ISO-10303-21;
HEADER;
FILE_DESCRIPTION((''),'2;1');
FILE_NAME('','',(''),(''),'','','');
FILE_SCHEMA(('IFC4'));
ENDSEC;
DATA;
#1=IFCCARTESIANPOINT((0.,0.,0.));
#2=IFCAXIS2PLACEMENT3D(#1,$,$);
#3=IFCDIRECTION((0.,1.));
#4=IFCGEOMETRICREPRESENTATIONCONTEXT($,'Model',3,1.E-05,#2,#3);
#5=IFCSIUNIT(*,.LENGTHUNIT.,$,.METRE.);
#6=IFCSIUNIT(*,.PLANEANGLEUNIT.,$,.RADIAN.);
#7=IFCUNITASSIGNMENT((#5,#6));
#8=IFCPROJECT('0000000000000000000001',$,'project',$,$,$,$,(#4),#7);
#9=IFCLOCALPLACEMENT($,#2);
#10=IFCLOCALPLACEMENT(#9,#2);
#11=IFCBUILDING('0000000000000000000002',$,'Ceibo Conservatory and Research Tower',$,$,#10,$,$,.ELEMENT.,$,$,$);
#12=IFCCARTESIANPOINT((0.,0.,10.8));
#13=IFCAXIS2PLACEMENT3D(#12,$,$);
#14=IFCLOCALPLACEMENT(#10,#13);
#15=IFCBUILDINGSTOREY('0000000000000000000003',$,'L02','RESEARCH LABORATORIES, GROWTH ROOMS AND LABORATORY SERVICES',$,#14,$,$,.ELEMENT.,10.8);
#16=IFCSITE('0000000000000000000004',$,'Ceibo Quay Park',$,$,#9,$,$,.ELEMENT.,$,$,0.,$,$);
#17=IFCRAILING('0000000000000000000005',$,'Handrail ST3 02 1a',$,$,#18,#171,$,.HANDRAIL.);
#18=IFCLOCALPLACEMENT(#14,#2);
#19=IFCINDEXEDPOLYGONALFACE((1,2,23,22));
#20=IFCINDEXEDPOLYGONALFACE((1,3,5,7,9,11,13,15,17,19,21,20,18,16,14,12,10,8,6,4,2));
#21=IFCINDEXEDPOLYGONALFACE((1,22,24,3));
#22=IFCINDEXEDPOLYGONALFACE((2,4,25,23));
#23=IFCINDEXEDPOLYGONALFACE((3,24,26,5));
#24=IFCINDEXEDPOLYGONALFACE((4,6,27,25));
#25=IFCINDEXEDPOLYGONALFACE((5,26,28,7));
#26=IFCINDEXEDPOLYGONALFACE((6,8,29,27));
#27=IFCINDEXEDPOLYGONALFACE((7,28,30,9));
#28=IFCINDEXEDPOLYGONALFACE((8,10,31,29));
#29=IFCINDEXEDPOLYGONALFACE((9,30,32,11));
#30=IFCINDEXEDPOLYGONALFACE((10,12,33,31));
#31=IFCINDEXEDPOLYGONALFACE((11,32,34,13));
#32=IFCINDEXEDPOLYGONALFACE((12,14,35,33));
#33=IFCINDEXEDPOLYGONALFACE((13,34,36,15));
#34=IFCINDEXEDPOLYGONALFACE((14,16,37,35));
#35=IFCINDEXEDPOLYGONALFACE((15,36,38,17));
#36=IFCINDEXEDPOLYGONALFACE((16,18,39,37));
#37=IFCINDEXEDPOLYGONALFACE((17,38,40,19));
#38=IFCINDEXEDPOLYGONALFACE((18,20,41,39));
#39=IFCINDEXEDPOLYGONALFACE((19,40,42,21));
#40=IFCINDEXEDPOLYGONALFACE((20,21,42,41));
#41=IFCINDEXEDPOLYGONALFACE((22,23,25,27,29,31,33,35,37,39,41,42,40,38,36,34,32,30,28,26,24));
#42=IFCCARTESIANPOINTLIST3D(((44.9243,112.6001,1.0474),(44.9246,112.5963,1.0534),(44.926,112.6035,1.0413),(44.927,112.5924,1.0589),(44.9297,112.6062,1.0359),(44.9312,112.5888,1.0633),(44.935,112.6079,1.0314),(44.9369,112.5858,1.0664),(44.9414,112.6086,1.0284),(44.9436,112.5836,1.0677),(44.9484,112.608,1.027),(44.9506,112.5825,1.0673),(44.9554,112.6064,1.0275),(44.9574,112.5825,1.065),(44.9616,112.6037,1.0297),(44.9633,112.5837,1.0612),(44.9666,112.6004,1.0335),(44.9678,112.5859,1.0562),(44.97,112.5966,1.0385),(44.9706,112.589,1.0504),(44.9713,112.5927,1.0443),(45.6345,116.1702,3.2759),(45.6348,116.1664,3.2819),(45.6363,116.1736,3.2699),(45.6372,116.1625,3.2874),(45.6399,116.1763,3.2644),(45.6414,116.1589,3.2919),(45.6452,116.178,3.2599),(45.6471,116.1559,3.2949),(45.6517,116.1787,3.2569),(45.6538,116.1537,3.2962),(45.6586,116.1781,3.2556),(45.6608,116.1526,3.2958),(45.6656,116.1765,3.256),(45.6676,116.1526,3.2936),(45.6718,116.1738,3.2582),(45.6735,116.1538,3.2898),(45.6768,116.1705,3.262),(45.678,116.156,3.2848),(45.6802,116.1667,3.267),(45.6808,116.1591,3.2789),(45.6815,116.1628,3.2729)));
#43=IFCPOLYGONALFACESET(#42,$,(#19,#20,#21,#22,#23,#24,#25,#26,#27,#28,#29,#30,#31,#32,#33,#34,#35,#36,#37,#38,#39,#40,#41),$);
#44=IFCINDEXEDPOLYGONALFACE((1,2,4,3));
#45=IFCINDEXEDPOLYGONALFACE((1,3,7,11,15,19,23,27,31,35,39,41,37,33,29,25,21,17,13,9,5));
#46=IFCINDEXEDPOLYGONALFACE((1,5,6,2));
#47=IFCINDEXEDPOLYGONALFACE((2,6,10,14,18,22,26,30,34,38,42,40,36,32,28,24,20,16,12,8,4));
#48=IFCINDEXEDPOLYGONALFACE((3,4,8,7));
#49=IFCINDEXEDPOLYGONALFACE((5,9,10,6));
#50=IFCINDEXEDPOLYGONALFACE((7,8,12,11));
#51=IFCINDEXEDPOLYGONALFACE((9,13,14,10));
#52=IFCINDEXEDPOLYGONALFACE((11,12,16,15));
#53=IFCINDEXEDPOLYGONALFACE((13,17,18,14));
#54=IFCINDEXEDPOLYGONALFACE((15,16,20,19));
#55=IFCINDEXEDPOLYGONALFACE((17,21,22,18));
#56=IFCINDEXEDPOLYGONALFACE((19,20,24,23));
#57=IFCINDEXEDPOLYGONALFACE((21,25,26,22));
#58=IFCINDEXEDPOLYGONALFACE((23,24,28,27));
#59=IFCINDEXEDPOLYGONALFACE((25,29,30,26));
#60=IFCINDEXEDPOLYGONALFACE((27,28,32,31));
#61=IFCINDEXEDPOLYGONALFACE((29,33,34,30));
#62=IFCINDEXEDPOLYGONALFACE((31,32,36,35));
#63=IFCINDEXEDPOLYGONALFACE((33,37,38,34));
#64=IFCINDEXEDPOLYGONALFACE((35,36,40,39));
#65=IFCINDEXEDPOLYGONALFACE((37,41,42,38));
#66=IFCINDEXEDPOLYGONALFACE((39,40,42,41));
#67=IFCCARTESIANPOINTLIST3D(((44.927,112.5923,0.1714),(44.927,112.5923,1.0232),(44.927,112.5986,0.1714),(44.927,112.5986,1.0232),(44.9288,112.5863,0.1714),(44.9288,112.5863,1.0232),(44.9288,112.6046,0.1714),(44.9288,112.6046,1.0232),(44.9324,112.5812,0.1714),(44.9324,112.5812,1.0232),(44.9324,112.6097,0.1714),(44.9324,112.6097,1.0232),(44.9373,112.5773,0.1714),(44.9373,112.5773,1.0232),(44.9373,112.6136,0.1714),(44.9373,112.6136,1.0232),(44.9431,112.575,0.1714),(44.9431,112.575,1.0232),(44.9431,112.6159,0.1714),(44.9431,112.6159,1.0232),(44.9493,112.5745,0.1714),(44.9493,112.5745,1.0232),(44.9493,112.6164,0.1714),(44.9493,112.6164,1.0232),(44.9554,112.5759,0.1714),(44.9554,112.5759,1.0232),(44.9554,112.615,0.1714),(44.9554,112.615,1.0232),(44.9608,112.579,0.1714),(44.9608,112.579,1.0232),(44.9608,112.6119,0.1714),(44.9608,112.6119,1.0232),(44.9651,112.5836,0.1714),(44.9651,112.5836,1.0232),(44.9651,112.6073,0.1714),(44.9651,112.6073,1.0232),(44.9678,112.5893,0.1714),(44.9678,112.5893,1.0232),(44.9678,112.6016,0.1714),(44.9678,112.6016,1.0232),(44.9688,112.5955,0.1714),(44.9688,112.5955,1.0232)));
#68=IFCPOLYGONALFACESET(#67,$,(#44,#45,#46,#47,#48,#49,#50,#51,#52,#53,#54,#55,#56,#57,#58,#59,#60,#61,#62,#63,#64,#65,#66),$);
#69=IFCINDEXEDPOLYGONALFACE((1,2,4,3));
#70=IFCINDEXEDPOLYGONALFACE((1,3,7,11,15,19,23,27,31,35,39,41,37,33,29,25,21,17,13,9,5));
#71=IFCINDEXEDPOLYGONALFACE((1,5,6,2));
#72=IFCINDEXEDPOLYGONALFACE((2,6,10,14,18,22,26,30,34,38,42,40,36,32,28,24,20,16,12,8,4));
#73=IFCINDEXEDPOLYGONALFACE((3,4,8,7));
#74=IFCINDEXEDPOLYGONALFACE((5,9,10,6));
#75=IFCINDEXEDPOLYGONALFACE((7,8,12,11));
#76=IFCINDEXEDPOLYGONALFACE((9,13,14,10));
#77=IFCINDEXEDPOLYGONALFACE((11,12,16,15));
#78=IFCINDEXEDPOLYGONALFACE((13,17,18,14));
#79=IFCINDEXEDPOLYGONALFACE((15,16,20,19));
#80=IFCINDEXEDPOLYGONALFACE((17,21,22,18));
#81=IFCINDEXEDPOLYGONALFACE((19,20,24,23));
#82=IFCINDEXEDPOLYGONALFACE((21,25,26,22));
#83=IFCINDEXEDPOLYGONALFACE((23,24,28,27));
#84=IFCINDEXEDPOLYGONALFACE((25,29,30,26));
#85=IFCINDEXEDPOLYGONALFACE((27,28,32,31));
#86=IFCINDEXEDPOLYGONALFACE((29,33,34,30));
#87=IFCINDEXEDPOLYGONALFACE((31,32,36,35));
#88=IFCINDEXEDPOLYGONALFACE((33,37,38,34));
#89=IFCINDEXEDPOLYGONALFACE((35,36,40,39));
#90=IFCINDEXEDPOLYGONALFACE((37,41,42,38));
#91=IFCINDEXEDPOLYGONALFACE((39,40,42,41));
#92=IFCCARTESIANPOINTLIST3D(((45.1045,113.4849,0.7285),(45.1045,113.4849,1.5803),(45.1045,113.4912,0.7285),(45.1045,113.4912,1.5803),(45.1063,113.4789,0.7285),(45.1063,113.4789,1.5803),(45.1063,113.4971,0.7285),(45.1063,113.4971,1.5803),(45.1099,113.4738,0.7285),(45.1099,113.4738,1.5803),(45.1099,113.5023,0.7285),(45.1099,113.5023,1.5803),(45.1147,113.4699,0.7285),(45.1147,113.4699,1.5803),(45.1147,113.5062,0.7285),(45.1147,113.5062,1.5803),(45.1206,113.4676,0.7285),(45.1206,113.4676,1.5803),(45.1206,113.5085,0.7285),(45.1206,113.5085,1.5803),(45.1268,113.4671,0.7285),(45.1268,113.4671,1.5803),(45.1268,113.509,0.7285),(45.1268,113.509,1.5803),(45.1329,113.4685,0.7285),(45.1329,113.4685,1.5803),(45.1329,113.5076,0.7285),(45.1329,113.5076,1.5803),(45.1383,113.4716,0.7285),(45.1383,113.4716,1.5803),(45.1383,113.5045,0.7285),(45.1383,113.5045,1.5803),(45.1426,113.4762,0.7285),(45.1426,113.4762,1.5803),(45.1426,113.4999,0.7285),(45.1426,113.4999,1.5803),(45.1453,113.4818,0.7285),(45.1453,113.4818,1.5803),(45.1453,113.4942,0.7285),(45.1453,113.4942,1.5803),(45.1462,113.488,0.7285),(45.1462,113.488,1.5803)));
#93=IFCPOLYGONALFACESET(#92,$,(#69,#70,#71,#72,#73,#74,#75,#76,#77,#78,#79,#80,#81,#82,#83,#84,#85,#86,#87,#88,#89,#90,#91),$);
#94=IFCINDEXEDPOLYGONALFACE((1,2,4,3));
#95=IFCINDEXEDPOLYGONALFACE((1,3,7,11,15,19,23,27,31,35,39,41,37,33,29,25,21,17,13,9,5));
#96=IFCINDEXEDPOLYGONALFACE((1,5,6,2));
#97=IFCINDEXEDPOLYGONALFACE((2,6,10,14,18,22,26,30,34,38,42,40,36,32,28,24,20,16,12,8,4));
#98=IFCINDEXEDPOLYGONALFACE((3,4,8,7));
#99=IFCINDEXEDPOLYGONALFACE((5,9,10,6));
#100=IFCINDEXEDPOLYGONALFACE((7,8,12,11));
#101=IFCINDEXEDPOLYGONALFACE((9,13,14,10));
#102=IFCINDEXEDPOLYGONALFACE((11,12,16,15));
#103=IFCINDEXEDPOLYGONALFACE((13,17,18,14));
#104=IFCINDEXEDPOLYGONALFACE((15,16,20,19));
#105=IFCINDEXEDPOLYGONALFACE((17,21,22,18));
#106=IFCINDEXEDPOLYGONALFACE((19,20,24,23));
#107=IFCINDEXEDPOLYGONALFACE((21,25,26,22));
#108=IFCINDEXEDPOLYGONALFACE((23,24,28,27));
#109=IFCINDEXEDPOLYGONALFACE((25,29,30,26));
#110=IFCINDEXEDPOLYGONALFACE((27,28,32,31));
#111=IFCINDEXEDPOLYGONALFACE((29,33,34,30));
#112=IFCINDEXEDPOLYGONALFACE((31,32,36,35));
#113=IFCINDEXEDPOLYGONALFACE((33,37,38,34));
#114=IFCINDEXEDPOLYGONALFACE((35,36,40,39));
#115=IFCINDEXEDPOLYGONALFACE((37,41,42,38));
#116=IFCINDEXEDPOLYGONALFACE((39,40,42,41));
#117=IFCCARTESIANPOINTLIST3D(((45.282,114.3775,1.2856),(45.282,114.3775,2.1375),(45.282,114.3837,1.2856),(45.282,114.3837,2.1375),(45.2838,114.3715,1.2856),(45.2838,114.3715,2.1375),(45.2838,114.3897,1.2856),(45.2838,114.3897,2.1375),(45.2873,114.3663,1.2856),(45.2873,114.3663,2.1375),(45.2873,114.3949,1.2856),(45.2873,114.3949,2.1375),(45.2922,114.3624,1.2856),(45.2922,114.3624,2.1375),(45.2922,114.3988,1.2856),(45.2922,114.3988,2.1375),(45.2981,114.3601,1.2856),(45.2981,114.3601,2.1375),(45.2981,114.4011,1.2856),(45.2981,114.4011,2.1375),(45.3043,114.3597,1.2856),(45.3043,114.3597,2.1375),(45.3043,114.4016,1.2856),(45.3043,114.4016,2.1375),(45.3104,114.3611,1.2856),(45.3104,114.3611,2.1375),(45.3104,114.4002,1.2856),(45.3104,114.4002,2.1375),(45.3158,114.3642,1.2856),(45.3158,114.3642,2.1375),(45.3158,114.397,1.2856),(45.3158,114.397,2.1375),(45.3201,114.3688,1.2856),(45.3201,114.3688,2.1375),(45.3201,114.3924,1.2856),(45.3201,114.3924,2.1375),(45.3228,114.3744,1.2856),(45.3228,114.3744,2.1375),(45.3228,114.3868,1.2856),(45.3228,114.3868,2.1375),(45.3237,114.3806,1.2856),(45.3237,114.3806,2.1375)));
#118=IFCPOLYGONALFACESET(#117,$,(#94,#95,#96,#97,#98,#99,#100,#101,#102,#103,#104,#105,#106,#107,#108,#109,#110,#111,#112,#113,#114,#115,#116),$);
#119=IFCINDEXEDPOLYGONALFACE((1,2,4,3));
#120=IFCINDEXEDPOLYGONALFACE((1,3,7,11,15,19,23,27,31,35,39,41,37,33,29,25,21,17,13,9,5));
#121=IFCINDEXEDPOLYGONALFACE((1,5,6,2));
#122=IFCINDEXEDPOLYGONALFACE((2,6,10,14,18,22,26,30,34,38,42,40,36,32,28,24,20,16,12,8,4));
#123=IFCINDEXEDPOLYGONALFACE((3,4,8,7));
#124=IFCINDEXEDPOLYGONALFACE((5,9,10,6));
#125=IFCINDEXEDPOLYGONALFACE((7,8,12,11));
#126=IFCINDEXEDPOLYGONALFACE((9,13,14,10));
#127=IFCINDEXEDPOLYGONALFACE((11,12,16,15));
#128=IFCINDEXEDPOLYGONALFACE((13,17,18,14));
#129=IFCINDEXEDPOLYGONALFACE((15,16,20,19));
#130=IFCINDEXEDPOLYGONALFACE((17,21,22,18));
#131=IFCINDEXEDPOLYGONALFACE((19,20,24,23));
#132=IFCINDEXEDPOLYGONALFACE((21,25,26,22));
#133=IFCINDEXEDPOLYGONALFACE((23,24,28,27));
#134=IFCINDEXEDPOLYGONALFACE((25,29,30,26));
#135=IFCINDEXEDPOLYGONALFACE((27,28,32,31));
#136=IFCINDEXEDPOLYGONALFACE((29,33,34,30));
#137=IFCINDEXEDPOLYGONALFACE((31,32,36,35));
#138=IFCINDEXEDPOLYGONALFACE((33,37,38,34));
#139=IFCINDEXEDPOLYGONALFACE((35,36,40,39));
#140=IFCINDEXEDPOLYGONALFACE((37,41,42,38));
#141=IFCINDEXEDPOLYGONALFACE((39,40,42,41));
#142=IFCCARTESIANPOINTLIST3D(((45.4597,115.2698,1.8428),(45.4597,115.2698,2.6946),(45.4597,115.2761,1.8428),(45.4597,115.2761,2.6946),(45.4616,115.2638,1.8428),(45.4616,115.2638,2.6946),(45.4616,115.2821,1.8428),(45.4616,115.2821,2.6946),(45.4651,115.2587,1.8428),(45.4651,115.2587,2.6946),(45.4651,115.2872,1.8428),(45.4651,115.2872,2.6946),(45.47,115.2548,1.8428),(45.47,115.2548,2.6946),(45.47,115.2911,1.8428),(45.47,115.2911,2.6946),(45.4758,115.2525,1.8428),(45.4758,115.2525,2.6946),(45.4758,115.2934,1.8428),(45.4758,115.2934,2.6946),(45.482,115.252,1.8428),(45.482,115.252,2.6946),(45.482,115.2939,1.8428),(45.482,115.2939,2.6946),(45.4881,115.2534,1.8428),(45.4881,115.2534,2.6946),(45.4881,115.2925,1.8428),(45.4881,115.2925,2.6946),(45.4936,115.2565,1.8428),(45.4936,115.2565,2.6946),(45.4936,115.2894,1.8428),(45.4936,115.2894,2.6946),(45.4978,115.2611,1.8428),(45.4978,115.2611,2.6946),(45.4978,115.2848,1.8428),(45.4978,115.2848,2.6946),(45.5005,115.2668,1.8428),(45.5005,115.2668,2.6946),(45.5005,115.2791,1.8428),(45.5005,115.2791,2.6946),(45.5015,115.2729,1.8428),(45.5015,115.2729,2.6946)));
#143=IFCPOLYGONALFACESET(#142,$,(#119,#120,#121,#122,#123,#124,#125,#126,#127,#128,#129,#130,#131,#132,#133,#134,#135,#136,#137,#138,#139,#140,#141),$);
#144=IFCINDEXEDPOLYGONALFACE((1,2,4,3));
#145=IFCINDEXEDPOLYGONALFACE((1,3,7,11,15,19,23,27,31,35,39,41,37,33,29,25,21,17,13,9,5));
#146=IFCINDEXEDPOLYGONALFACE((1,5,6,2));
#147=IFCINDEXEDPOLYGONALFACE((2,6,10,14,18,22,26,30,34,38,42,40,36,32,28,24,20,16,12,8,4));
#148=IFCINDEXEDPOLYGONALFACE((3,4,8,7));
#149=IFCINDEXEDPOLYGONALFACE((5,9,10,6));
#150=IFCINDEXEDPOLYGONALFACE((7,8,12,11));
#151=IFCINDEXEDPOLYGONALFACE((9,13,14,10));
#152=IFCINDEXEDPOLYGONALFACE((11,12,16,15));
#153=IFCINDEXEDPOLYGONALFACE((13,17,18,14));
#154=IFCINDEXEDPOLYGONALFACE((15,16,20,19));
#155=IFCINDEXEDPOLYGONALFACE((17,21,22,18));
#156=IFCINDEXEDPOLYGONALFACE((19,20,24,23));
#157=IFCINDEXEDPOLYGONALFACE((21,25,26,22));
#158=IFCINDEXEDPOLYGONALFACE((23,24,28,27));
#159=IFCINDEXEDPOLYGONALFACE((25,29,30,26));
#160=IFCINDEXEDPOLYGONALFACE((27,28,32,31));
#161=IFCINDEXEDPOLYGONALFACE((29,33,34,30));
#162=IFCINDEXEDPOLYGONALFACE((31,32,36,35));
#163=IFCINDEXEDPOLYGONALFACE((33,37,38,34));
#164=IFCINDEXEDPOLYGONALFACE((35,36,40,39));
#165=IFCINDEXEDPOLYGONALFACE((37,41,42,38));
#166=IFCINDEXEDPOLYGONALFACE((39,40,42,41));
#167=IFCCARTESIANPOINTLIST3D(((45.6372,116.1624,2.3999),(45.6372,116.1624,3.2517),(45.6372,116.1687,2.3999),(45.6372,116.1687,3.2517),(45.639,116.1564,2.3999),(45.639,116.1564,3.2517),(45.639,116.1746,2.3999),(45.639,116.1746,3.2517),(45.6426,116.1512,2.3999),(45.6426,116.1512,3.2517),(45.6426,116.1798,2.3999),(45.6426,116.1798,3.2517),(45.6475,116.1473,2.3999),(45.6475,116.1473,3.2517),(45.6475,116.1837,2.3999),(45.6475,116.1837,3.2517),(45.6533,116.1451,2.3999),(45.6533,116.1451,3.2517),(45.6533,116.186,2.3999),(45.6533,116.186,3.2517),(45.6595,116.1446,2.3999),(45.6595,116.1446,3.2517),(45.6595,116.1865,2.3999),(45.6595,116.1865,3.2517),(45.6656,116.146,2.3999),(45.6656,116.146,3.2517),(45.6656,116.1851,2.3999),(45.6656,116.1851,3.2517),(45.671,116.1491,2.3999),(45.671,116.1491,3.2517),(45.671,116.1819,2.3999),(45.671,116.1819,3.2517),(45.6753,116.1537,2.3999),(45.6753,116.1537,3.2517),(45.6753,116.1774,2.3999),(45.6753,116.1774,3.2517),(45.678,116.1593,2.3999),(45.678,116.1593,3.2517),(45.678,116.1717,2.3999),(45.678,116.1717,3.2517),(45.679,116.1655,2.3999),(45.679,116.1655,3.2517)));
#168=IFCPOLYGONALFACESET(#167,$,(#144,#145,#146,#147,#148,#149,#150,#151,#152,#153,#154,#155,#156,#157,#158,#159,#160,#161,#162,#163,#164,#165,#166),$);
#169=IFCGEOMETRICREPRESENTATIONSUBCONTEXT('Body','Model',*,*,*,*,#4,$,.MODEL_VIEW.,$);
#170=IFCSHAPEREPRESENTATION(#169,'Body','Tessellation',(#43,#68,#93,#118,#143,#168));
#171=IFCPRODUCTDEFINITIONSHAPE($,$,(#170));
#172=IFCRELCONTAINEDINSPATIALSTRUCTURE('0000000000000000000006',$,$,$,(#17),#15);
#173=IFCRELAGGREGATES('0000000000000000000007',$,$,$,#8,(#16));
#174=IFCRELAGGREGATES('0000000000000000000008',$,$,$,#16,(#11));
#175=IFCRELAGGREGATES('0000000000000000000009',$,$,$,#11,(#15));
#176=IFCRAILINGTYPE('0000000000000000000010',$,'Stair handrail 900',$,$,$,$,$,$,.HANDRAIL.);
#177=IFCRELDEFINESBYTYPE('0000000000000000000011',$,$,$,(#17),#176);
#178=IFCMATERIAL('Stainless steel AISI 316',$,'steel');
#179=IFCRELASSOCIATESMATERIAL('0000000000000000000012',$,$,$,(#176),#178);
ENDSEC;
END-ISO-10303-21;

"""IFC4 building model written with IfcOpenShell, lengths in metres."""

from ifc_helpers import new_model, si_unit, direction, frame, origin, origin_2d, place, context, subcontext, project, spatial, circle, extrude, material, type_object, element, save


model = new_model("IFC4")

# Units and contexts
model_context = context("Model", 3, precision=1e-05, world=origin(), true_north=direction((0.0, 1.0)))
body_context = subcontext(model_context, "Body", "Model", "MODEL_VIEW")
ifc_project = project(units=[si_unit("LENGTHUNIT", "METRE"), si_unit("PLANEANGLEUNIT", "RADIAN")], contexts=[model_context])

# Site, building, storey
site_placement = place(None, origin())
site = spatial("IfcSite", under=ifc_project, at=site_placement, Name="Ceibo Quay Park", CompositionType="ELEMENT", RefElevation=0.0)
building_placement = place(site_placement, origin())
building = spatial("IfcBuilding", under=site, at=building_placement, Name="Ceibo Conservatory and Research Tower", CompositionType="ELEMENT")
storey_placement = place(building_placement, frame((0.0, 0.0, 10.8)))
storey = spatial("IfcBuildingStorey", under=building, at=storey_placement, Name="L02", Description="RESEARCH LABORATORIES, GROWTH ROOMS AND LABORATORY SERVICES", CompositionType="ELEMENT", Elevation=10.8)

# Railing
ifc_material_1 = material(Name="Stainless steel AISI 316", Category="steel")
railing_type = type_object("IfcRailingType", Name="Stair handrail 900", PredefinedType="HANDRAIL", material=ifc_material_1)
railing_1_placement = place(storey_placement, frame((44.9478, 112.5955, 0.1714)))
element("IfcRailing", 1, at=railing_1_placement, inside=storey, type_object=railing_type, Name="Handrail ST3 02 1a", PredefinedType="HANDRAIL", context=body_context, shape_type="SweptSolid", body=[
    extrude(circle(Radius=0.0239, at=origin_2d()), frame((0.0, 0.0, 0.876), z_axis=(0.166401, 0.836468, 0.522142), x_axis=(-0.980781, 0.19511, 0.0)), (0.0, 0.0, 1.0), 4.2681),
    extrude(circle(Radius=0.021, at=origin_2d()), origin(), (0.0, 0.0, 1.0), 0.8518),
    extrude(circle(Radius=0.021, at=origin_2d()), frame((0.1775, 0.8926, 0.5571)), (0.0, 0.0, 1.0), 0.8518),
    extrude(circle(Radius=0.021, at=origin_2d()), frame((0.355, 1.7852, 1.1143)), (0.0, 0.0, 1.0), 0.8518),
    extrude(circle(Radius=0.021, at=origin_2d()), frame((0.5327, 2.6775, 1.6714)), (0.0, 0.0, 1.0), 0.8518),
    extrude(circle(Radius=0.021, at=origin_2d()), frame((0.7102, 3.5701, 2.2285)), (0.0, 0.0, 1.0), 0.8518),
])

save(model, "model.ifc")
